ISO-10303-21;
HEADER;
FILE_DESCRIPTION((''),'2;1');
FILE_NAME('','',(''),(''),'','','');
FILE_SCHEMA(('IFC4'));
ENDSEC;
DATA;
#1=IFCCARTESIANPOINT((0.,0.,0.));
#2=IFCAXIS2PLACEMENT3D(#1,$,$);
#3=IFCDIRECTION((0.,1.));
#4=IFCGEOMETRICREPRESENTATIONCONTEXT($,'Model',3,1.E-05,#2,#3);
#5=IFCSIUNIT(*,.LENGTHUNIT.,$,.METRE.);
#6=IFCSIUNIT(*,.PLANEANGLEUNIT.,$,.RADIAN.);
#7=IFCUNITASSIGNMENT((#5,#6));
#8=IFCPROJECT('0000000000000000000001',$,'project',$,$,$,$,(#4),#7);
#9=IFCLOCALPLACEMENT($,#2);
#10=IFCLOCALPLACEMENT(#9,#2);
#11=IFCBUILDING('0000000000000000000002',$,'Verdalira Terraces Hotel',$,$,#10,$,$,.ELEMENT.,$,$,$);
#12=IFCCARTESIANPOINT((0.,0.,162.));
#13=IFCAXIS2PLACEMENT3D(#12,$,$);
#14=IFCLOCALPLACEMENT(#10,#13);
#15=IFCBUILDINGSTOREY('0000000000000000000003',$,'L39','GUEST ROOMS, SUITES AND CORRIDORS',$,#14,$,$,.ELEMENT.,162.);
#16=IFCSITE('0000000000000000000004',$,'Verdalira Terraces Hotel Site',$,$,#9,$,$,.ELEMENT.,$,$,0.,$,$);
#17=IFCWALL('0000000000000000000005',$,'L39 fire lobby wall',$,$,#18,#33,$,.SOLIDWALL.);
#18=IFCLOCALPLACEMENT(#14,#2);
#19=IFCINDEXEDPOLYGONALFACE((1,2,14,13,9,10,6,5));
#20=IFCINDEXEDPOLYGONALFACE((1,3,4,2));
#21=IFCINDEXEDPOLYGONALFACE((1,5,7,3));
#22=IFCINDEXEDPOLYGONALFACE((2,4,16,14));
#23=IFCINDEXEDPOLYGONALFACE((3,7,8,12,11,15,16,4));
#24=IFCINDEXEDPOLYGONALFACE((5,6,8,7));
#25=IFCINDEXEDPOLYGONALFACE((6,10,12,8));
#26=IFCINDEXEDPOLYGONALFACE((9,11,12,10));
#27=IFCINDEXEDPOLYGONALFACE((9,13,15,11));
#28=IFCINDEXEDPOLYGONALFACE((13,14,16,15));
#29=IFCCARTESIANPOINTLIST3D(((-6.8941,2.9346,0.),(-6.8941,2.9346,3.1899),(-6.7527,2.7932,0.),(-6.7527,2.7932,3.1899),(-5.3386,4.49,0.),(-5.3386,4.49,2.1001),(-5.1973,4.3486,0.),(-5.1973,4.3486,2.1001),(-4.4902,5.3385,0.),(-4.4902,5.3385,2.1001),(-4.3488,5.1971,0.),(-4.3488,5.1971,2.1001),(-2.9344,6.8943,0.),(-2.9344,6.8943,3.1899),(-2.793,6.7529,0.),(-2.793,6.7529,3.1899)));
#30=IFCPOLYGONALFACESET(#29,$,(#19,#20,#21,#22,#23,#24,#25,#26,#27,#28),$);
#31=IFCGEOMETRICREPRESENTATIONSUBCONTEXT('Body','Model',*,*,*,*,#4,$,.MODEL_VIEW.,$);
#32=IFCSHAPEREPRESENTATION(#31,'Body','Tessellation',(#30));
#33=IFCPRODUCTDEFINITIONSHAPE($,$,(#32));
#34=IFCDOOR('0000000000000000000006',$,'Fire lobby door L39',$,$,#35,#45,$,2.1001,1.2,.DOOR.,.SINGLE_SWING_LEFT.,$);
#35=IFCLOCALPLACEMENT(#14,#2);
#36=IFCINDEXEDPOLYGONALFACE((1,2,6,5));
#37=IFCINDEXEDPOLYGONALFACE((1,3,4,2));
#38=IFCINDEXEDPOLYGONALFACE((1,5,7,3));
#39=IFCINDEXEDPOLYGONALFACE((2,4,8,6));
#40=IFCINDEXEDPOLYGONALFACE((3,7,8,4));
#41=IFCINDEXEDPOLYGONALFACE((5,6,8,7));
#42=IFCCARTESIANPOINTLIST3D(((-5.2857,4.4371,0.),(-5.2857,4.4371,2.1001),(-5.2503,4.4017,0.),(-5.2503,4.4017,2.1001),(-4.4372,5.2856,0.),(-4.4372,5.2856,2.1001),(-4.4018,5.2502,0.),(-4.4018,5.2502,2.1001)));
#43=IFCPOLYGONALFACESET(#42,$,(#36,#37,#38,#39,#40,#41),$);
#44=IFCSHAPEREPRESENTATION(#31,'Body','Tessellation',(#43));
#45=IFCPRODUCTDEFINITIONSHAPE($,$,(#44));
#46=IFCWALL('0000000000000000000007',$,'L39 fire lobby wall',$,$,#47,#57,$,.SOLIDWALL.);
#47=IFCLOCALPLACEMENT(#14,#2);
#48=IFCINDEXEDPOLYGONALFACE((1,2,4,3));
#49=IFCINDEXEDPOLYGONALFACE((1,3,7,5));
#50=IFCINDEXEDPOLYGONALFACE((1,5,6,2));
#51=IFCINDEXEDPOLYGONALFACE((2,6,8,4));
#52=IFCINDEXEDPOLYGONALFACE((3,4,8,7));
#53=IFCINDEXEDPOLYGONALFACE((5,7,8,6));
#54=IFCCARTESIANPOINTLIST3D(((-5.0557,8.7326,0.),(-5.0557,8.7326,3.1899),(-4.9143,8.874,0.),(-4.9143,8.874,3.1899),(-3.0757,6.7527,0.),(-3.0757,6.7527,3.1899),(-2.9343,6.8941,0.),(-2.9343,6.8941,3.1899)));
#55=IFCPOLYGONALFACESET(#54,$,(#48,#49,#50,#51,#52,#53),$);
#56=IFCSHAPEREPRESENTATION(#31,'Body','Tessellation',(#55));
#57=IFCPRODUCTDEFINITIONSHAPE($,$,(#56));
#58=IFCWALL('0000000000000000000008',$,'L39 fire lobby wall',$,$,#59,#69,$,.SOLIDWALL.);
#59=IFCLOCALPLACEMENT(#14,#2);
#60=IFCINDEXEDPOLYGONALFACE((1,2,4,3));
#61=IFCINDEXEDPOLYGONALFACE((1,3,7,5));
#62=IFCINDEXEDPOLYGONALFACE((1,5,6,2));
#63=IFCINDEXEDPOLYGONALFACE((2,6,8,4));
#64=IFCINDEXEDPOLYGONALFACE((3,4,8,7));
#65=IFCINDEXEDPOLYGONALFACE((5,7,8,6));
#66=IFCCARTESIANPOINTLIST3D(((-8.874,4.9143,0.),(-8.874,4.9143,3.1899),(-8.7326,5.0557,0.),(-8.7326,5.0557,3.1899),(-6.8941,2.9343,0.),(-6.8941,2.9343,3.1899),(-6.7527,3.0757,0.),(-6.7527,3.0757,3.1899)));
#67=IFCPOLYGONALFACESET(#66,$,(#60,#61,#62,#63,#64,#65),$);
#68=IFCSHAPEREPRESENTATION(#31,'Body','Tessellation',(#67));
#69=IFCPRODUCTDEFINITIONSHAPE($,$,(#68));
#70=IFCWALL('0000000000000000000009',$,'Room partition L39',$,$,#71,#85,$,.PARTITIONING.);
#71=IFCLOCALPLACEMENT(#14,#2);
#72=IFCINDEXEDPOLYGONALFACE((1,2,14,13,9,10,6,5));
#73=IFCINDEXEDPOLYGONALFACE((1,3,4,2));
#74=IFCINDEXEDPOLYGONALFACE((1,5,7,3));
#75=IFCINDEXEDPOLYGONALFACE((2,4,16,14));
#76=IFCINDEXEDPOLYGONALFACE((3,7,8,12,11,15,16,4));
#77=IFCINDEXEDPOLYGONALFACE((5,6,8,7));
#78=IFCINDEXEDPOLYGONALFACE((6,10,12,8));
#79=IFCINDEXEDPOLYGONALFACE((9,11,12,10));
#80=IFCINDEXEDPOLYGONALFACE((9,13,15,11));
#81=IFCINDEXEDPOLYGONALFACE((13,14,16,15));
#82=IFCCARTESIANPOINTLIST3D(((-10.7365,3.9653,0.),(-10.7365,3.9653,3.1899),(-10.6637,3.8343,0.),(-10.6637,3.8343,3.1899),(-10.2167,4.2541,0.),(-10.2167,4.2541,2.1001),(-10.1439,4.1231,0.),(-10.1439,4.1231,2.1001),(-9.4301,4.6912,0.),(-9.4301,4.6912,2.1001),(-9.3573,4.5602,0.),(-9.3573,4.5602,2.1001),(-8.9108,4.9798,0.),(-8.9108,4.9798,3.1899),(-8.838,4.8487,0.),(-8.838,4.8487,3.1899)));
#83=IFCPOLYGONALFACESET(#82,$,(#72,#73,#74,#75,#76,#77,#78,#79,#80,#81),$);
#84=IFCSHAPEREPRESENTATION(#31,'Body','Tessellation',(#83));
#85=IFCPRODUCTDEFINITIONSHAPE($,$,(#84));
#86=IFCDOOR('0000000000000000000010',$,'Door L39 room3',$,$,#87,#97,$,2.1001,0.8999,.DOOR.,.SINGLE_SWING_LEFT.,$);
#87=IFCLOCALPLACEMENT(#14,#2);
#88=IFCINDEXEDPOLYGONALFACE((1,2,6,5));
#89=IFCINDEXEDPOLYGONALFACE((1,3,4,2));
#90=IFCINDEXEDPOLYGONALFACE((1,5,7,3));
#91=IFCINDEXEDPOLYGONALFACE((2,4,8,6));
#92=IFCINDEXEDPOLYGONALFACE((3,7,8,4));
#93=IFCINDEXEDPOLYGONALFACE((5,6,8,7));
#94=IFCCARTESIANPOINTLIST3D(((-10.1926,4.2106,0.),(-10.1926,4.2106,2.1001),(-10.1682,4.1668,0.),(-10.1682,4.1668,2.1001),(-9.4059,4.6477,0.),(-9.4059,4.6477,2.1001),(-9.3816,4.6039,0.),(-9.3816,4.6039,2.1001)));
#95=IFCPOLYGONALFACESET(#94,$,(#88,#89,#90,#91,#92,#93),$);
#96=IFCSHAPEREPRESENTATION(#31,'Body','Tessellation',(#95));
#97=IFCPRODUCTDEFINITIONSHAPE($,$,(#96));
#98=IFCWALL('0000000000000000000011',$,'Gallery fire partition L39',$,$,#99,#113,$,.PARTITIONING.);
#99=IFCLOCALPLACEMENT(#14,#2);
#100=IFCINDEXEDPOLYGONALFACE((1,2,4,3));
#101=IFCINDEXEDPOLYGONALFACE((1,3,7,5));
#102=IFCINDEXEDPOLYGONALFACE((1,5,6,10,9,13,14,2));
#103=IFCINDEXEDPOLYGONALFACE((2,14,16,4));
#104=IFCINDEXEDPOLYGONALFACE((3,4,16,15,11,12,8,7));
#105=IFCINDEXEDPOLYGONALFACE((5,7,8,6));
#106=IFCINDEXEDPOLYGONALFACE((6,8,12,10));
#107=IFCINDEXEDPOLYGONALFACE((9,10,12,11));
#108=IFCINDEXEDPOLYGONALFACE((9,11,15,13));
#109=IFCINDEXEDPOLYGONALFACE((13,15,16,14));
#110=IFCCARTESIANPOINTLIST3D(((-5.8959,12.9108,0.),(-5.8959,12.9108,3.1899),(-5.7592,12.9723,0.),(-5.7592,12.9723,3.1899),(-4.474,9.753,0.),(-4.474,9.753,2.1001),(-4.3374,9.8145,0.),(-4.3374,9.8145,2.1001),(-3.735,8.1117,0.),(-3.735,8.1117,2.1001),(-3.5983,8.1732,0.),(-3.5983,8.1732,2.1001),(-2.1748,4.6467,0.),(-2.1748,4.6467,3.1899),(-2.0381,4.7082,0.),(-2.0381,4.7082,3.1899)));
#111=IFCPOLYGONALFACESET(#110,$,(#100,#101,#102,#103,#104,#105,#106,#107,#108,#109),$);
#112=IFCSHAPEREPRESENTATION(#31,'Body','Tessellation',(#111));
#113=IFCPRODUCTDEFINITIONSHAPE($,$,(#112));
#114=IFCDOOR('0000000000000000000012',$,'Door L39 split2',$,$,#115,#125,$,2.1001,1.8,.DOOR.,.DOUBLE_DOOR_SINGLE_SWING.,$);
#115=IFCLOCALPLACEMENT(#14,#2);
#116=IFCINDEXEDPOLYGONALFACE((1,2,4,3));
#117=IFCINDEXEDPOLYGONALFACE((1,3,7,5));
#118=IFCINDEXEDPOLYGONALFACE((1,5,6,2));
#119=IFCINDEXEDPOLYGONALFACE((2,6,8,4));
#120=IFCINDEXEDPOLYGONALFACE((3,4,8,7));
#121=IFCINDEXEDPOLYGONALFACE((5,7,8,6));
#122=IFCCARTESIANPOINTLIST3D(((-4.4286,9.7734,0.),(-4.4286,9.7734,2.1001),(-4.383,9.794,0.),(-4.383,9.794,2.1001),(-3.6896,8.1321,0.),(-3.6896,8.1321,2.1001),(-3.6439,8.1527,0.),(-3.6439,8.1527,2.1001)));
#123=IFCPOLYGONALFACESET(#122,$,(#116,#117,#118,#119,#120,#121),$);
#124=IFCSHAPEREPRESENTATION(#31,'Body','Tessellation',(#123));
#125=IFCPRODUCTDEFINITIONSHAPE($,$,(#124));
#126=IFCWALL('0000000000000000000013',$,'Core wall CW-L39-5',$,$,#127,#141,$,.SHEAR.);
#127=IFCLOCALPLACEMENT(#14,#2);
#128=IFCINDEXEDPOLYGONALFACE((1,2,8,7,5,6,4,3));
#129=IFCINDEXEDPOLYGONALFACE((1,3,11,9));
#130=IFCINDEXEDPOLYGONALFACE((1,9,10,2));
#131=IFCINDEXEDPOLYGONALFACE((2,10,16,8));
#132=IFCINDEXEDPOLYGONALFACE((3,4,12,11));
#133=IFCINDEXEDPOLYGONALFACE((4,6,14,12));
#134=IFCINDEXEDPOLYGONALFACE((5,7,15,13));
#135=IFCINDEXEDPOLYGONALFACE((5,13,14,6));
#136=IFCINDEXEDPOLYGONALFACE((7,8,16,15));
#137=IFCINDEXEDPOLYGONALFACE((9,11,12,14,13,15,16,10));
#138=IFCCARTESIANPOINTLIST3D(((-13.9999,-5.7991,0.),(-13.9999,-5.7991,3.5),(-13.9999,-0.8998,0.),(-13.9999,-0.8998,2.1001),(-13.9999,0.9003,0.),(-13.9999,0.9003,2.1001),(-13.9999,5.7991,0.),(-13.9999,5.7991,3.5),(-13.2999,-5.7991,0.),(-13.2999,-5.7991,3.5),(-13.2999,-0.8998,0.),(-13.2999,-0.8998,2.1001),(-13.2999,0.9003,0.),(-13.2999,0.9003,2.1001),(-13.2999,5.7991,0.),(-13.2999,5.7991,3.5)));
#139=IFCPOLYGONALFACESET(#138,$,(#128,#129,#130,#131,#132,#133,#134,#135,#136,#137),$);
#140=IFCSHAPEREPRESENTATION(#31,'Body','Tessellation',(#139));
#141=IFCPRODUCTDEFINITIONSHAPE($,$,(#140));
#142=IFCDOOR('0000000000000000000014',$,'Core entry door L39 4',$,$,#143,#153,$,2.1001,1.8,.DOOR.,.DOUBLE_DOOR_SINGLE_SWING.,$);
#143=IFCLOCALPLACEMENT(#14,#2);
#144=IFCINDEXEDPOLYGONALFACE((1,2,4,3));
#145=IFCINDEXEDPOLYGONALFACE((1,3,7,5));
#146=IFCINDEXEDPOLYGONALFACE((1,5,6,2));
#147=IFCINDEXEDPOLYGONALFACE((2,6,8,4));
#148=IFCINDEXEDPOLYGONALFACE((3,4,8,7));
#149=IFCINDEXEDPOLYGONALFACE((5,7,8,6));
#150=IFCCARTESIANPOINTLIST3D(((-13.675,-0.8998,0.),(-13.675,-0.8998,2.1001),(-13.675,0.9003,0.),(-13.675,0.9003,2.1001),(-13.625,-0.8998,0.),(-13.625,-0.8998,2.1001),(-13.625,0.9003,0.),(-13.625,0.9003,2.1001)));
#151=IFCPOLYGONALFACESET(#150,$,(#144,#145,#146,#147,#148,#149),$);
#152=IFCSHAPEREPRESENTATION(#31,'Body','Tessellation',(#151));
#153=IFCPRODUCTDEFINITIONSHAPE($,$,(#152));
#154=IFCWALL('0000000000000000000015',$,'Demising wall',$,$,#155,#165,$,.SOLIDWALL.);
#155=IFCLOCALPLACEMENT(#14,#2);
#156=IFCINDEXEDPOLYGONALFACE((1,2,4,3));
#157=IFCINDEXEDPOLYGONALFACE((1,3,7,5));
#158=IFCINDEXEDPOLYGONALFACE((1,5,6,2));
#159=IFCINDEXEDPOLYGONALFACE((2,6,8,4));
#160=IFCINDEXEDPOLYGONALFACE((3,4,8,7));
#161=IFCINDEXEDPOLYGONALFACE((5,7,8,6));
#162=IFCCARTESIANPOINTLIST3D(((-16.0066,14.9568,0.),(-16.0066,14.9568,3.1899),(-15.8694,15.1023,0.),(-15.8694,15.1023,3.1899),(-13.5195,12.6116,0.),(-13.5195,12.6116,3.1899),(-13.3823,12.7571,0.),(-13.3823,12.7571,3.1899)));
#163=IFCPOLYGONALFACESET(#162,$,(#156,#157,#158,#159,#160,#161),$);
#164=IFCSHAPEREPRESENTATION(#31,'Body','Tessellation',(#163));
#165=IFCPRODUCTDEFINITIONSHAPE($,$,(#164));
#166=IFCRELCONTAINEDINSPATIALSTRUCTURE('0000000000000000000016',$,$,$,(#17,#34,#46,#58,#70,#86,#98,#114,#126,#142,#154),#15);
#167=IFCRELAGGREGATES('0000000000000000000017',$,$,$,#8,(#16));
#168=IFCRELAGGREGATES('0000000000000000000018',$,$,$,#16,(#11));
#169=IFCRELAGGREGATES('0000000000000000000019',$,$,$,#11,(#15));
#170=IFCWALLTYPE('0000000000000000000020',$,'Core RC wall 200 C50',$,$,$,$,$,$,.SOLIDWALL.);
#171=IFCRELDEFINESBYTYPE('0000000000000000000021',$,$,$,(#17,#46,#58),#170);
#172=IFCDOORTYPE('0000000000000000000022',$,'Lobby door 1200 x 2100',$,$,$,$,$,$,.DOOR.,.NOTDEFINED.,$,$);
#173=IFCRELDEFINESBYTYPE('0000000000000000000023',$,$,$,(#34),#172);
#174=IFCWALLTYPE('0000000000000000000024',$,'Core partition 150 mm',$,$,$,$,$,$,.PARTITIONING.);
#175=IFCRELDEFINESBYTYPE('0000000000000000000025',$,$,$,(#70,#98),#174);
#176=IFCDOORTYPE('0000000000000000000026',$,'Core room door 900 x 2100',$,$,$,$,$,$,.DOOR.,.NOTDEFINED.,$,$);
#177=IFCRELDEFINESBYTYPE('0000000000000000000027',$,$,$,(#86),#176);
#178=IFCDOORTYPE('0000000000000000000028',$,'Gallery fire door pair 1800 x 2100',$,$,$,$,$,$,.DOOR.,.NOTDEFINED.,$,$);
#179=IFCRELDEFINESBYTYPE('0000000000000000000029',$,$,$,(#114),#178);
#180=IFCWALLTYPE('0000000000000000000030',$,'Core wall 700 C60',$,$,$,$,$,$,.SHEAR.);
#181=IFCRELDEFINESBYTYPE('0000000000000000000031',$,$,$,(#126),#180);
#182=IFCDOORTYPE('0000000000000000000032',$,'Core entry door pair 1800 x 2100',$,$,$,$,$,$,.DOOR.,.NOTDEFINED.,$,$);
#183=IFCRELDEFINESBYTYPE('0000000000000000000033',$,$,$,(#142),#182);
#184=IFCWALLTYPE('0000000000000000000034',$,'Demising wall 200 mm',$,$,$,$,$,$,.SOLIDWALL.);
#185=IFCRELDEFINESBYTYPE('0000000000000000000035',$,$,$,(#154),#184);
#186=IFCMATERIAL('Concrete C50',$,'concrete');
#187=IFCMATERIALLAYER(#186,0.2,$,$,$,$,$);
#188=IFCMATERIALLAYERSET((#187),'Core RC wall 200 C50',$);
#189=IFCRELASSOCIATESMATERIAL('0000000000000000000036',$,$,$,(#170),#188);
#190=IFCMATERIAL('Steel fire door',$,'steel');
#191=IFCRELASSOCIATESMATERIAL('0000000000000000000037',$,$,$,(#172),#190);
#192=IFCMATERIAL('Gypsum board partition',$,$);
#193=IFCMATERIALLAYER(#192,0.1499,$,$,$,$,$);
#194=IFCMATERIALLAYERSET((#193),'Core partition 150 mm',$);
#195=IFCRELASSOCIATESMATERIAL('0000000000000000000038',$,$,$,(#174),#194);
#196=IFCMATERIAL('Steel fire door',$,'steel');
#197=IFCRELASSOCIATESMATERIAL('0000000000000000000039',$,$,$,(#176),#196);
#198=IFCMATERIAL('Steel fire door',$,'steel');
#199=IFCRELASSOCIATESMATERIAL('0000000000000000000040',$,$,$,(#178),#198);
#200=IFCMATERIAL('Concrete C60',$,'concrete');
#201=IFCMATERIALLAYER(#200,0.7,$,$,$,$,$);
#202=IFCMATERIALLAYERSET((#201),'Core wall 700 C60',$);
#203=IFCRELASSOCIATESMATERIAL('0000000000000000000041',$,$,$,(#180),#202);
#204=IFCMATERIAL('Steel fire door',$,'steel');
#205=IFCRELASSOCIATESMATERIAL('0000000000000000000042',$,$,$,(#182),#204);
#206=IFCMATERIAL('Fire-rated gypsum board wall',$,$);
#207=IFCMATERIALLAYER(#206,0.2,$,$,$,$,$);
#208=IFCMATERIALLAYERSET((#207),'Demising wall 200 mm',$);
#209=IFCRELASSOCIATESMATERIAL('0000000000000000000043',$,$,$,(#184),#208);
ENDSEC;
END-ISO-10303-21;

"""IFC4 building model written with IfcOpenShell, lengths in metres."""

from ifc_helpers import new_model, si_unit, direction, frame, frame_2d, origin, place, context, subcontext, project, spatial, rectangle, extrude, material, layer, layer_set, type_object, element, fill, save


model = new_model("IFC4")

# Units and contexts
model_context = context("Model", 3, precision=1e-05, world=origin(), true_north=direction((0.0, 1.0)))
body_context = subcontext(model_context, "Body", "Model", "MODEL_VIEW")
ifc_project = project(units=[si_unit("LENGTHUNIT", "METRE"), si_unit("PLANEANGLEUNIT", "RADIAN")], contexts=[model_context])

# Site, building, storey
site_placement = place(None, origin())
site = spatial("IfcSite", under=ifc_project, at=site_placement, Name="Verdalira Terraces Hotel Site", CompositionType="ELEMENT", RefElevation=0.0)
building_placement = place(site_placement, origin())
building = spatial("IfcBuilding", under=site, at=building_placement, Name="Verdalira Terraces Hotel", CompositionType="ELEMENT")
storey_placement = place(building_placement, frame((0.0, 0.0, 162.0)))
storey = spatial("IfcBuildingStorey", under=building, at=storey_placement, Name="L39", Description="GUEST ROOMS, SUITES AND CORRIDORS", CompositionType="ELEMENT", Elevation=162.0)

# Wall, opening, door
ifc_material_1 = material(Name="Concrete C50", Category="concrete")
ifc_layer_1 = layer(ifc_material_1, 0.2)
ifc_layer_set_1 = layer_set([ifc_layer_1], Name="Core RC wall 200 C50")
wall_type_1 = type_object("IfcWallType", Name="Core RC wall 200 C50", PredefinedType="SOLIDWALL", material=ifc_layer_set_1)
wall_1_placement = place(storey_placement, frame((-2.8638, 6.8235, 0.0), z_axis=(0.0, 0.0, 1.0), x_axis=(-0.707107, -0.707107, 0.0)))
wall_1 = element("IfcWall", 1, at=wall_1_placement, inside=storey, type_object=wall_type_1, Name="L39 fire lobby wall", PredefinedType="SOLIDWALL", context=body_context, shape_type="SweptSolid", body=[
    extrude(rectangle(XDim=5.5999, YDim=0.2, at=frame_2d((2.7998, 0.0))), origin(), (0.0, 0.0, 1.0), 3.1899),
])
opening_1_placement = place(wall_1_placement, frame((2.2, 0.0, 0.0)))
opening_1 = element("IfcOpeningElement", 2, at=opening_1_placement, cuts=wall_1, PredefinedType="OPENING", context=body_context, shape_type="SweptSolid", body=[
    extrude(rectangle(XDim=1.2, YDim=2.1001, at=frame_2d((0.6001, 1.05))), frame((0.0, 0.1099, 0.0), z_axis=(0.0, -1.0, 0.0), x_axis=(1.0, 0.0, 0.0)), (0.0, 0.0, 1.0), 0.22),
])
ifc_material_2 = material(Name="Steel fire door", Category="steel")
door_type_1 = type_object("IfcDoorType", Name="Lobby door 1200 x 2100", OperationType="NOTDEFINED", PredefinedType="DOOR", material=ifc_material_2)
door_1_placement = place(opening_1_placement, origin())
door_1 = element("IfcDoor", 3, at=door_1_placement, inside=storey, type_object=door_type_1, Name="Fire lobby door L39", OperationType="SINGLE_SWING_LEFT", OverallHeight=2.1001, OverallWidth=1.2, PredefinedType="DOOR", context=body_context, shape_type="SweptSolid", body=[
    extrude(rectangle(XDim=1.2, YDim=2.1001, at=frame_2d((0.6001, 1.05))), frame((0.0, 0.0249, 0.0), z_axis=(0.0, -1.0, 0.0), x_axis=(1.0, 0.0, 0.0)), (0.0, 0.0, 1.0), 0.05),
])
fill(opening_1, door_1)

# Walls
for number, where, z_axis, x_axis, name in (
    (4, (-3.0051, 6.8235, 0.0), (0.0, 0.0, 1.0), (-0.707107, 0.707107, 0.0), "L39 fire lobby wall"),
    (5, (-6.8235, 3.0051, 0.0), (0.0, 0.0, 1.0), (-0.707107, 0.707107, 0.0), "L39 fire lobby wall"),
):
    element("IfcWall", number, at=place(storey_placement, frame(where, z_axis=z_axis, x_axis=x_axis)), inside=storey, type_object=wall_type_1, Name=name, PredefinedType="SOLIDWALL", context=body_context, shape_type="SweptSolid", body=[
        extrude(rectangle(XDim=2.8, YDim=0.2, at=frame_2d((1.3999, 0.0))), origin(), (0.0, 0.0, 1.0), 3.1899),
    ])

# Walls, openings, doors
ifc_material_3 = material(Name="Gypsum board partition")
ifc_layer_2 = layer(ifc_material_3, 0.1499)
ifc_layer_set_2 = layer_set([ifc_layer_2], Name="Core partition 150 mm")
wall_type_2 = type_object("IfcWallType", Name="Core partition 150 mm", PredefinedType="PARTITIONING", material=ifc_layer_set_2)
wall_2_placement = place(storey_placement, frame((-8.8743, 4.9143, 0.0), z_axis=(0.0, 0.0, 1.0), x_axis=(-0.87413, -0.485693, 0.0)))
wall_2 = element("IfcWall", 6, at=wall_2_placement, inside=storey, type_object=wall_type_2, Name="Room partition L39", PredefinedType="PARTITIONING", context=body_context, shape_type="SweptSolid", body=[
    extrude(rectangle(XDim=2.0886, YDim=0.1499, at=frame_2d((1.0444, 0.0))), origin(), (0.0, 0.0, 1.0), 3.1899),
])
opening_2_placement = place(wall_2_placement, frame((0.5942, 0.0, 0.0)))
opening_2 = element("IfcOpeningElement", 7, at=opening_2_placement, cuts=wall_2, PredefinedType="OPENING", context=body_context, shape_type="SweptSolid", body=[
    extrude(rectangle(XDim=0.8999, YDim=2.1001, at=frame_2d((0.45, 1.05))), frame((0.0, 0.085, 0.0), z_axis=(0.0, -1.0, 0.0), x_axis=(1.0, 0.0, 0.0)), (0.0, 0.0, 1.0), 0.1699),
])
ifc_material_4 = material(Name="Steel fire door", Category="steel")
door_type_2 = type_object("IfcDoorType", Name="Core room door 900 x 2100", OperationType="NOTDEFINED", PredefinedType="DOOR", material=ifc_material_4)
door_2_placement = place(opening_2_placement, origin())
door_2 = element("IfcDoor", 8, at=door_2_placement, inside=storey, type_object=door_type_2, Name="Door L39 room3", OperationType="SINGLE_SWING_LEFT", OverallHeight=2.1001, OverallWidth=0.8999, PredefinedType="DOOR", context=body_context, shape_type="SweptSolid", body=[
    extrude(rectangle(XDim=0.8999, YDim=2.1001, at=frame_2d((0.45, 1.05))), frame((0.0, 0.0249, 0.0), z_axis=(0.0, -1.0, 0.0), x_axis=(1.0, 0.0, 0.0)), (0.0, 0.0, 1.0), 0.05),
])
fill(opening_2, door_2)
wall_3_placement = place(storey_placement, frame((-5.8276, 12.9416, 0.0), z_axis=(0.0, 0.0, 1.0), x_axis=(0.410577, -0.911826, 0.0)))
wall_3 = element("IfcWall", 9, at=wall_3_placement, inside=storey, type_object=wall_type_2, Name="Gallery fire partition L39", PredefinedType="PARTITIONING", context=body_context, shape_type="SweptSolid", body=[
    extrude(rectangle(XDim=9.0632, YDim=0.1499, at=frame_2d((4.5317, 0.0))), origin(), (0.0, 0.0, 1.0), 3.1899),
])
opening_3_placement = place(wall_3_placement, frame((3.4634, 0.0, 0.0)))
opening_3 = element("IfcOpeningElement", 10, at=opening_3_placement, cuts=wall_3, PredefinedType="OPENING", context=body_context, shape_type="SweptSolid", body=[
    extrude(rectangle(XDim=1.8, YDim=2.1001, at=frame_2d((0.8999, 1.05))), frame((0.0, 0.085, 0.0), z_axis=(0.0, -1.0, 0.0), x_axis=(1.0, 0.0, 0.0)), (0.0, 0.0, 1.0), 0.1699),
])
ifc_material_5 = material(Name="Steel fire door", Category="steel")
door_type_3 = type_object("IfcDoorType", Name="Gallery fire door pair 1800 x 2100", OperationType="NOTDEFINED", PredefinedType="DOOR", material=ifc_material_5)
door_3_placement = place(opening_3_placement, origin())
door_3 = element("IfcDoor", 11, at=door_3_placement, inside=storey, type_object=door_type_3, Name="Door L39 split2", OperationType="DOUBLE_DOOR_SINGLE_SWING", OverallHeight=2.1001, OverallWidth=1.8, PredefinedType="DOOR", context=body_context, shape_type="SweptSolid", body=[
    extrude(rectangle(XDim=1.8, YDim=2.1001, at=frame_2d((0.8999, 1.05))), frame((0.0, 0.0249, 0.0), z_axis=(0.0, -1.0, 0.0), x_axis=(1.0, 0.0, 0.0)), (0.0, 0.0, 1.0), 0.05),
])
fill(opening_3, door_3)
ifc_material_6 = material(Name="Concrete C60", Category="concrete")
ifc_layer_3 = layer(ifc_material_6, 0.7)
ifc_layer_set_3 = layer_set([ifc_layer_3], Name="Core wall 700 C60")
wall_type_3 = type_object("IfcWallType", Name="Core wall 700 C60", PredefinedType="SHEAR", material=ifc_layer_set_3)
wall_4_placement = place(storey_placement, frame((-13.6499, 5.7991, 0.0), z_axis=(0.0, 0.0, 1.0), x_axis=(0.0, -1.0, 0.0)))
wall_4 = element("IfcWall", 12, at=wall_4_placement, inside=storey, type_object=wall_type_3, Name="Core wall CW-L39-5", PredefinedType="SHEAR", context=body_context, shape_type="SweptSolid", body=[
    extrude(rectangle(XDim=11.5981, YDim=0.7, at=frame_2d((5.7991, 0.0))), origin(), (0.0, 0.0, 1.0), 3.5),
])
opening_4_placement = place(wall_4_placement, frame((4.8989, 0.0, 0.0)))
opening_4 = element("IfcOpeningElement", 13, at=opening_4_placement, cuts=wall_4, PredefinedType="OPENING", context=body_context, shape_type="SweptSolid", body=[
    extrude(rectangle(XDim=1.8, YDim=2.1001, at=frame_2d((0.8999, 1.05))), frame((0.0, 0.3599, 0.0), z_axis=(0.0, -1.0, 0.0), x_axis=(1.0, 0.0, 0.0)), (0.0, 0.0, 1.0), 0.72),
])
ifc_material_7 = material(Name="Steel fire door", Category="steel")
door_type_4 = type_object("IfcDoorType", Name="Core entry door pair 1800 x 2100", OperationType="NOTDEFINED", PredefinedType="DOOR", material=ifc_material_7)
door_4_placement = place(opening_4_placement, origin())
door_4 = element("IfcDoor", 14, at=door_4_placement, inside=storey, type_object=door_type_4, Name="Core entry door L39 4", OperationType="DOUBLE_DOOR_SINGLE_SWING", OverallHeight=2.1001, OverallWidth=1.8, PredefinedType="DOOR", context=body_context, shape_type="SweptSolid", body=[
    extrude(rectangle(XDim=1.8, YDim=2.1001, at=frame_2d((0.8999, 1.05))), frame((0.0, 0.0249, 0.0), z_axis=(0.0, -1.0, 0.0), x_axis=(1.0, 0.0, 0.0)), (0.0, 0.0, 1.0), 0.05),
])
fill(opening_4, door_4)

# Wall
ifc_material_8 = material(Name="Fire-rated gypsum board wall")
ifc_layer_4 = layer(ifc_material_8, 0.2)
ifc_layer_set_4 = layer_set([ifc_layer_4], Name="Demising wall 200 mm")
wall_type_4 = type_object("IfcWallType", Name="Demising wall 200 mm", PredefinedType="SOLIDWALL", material=ifc_layer_set_4)
wall_5_placement = place(storey_placement, frame((-13.4509, 12.6843, 0.0), z_axis=(0.0, 0.0, 1.0), x_axis=(-0.72755, 0.686055, 0.0)))
element("IfcWall", 15, at=wall_5_placement, inside=storey, type_object=wall_type_4, Name="Demising wall", PredefinedType="SOLIDWALL", context=body_context, shape_type="SweptSolid", body=[
    extrude(rectangle(XDim=3.4185, YDim=0.2, at=frame_2d((1.7092, 0.0))), origin(), (0.0, 0.0, 1.0), 3.1899),
])

save(model, "model.ifc")
